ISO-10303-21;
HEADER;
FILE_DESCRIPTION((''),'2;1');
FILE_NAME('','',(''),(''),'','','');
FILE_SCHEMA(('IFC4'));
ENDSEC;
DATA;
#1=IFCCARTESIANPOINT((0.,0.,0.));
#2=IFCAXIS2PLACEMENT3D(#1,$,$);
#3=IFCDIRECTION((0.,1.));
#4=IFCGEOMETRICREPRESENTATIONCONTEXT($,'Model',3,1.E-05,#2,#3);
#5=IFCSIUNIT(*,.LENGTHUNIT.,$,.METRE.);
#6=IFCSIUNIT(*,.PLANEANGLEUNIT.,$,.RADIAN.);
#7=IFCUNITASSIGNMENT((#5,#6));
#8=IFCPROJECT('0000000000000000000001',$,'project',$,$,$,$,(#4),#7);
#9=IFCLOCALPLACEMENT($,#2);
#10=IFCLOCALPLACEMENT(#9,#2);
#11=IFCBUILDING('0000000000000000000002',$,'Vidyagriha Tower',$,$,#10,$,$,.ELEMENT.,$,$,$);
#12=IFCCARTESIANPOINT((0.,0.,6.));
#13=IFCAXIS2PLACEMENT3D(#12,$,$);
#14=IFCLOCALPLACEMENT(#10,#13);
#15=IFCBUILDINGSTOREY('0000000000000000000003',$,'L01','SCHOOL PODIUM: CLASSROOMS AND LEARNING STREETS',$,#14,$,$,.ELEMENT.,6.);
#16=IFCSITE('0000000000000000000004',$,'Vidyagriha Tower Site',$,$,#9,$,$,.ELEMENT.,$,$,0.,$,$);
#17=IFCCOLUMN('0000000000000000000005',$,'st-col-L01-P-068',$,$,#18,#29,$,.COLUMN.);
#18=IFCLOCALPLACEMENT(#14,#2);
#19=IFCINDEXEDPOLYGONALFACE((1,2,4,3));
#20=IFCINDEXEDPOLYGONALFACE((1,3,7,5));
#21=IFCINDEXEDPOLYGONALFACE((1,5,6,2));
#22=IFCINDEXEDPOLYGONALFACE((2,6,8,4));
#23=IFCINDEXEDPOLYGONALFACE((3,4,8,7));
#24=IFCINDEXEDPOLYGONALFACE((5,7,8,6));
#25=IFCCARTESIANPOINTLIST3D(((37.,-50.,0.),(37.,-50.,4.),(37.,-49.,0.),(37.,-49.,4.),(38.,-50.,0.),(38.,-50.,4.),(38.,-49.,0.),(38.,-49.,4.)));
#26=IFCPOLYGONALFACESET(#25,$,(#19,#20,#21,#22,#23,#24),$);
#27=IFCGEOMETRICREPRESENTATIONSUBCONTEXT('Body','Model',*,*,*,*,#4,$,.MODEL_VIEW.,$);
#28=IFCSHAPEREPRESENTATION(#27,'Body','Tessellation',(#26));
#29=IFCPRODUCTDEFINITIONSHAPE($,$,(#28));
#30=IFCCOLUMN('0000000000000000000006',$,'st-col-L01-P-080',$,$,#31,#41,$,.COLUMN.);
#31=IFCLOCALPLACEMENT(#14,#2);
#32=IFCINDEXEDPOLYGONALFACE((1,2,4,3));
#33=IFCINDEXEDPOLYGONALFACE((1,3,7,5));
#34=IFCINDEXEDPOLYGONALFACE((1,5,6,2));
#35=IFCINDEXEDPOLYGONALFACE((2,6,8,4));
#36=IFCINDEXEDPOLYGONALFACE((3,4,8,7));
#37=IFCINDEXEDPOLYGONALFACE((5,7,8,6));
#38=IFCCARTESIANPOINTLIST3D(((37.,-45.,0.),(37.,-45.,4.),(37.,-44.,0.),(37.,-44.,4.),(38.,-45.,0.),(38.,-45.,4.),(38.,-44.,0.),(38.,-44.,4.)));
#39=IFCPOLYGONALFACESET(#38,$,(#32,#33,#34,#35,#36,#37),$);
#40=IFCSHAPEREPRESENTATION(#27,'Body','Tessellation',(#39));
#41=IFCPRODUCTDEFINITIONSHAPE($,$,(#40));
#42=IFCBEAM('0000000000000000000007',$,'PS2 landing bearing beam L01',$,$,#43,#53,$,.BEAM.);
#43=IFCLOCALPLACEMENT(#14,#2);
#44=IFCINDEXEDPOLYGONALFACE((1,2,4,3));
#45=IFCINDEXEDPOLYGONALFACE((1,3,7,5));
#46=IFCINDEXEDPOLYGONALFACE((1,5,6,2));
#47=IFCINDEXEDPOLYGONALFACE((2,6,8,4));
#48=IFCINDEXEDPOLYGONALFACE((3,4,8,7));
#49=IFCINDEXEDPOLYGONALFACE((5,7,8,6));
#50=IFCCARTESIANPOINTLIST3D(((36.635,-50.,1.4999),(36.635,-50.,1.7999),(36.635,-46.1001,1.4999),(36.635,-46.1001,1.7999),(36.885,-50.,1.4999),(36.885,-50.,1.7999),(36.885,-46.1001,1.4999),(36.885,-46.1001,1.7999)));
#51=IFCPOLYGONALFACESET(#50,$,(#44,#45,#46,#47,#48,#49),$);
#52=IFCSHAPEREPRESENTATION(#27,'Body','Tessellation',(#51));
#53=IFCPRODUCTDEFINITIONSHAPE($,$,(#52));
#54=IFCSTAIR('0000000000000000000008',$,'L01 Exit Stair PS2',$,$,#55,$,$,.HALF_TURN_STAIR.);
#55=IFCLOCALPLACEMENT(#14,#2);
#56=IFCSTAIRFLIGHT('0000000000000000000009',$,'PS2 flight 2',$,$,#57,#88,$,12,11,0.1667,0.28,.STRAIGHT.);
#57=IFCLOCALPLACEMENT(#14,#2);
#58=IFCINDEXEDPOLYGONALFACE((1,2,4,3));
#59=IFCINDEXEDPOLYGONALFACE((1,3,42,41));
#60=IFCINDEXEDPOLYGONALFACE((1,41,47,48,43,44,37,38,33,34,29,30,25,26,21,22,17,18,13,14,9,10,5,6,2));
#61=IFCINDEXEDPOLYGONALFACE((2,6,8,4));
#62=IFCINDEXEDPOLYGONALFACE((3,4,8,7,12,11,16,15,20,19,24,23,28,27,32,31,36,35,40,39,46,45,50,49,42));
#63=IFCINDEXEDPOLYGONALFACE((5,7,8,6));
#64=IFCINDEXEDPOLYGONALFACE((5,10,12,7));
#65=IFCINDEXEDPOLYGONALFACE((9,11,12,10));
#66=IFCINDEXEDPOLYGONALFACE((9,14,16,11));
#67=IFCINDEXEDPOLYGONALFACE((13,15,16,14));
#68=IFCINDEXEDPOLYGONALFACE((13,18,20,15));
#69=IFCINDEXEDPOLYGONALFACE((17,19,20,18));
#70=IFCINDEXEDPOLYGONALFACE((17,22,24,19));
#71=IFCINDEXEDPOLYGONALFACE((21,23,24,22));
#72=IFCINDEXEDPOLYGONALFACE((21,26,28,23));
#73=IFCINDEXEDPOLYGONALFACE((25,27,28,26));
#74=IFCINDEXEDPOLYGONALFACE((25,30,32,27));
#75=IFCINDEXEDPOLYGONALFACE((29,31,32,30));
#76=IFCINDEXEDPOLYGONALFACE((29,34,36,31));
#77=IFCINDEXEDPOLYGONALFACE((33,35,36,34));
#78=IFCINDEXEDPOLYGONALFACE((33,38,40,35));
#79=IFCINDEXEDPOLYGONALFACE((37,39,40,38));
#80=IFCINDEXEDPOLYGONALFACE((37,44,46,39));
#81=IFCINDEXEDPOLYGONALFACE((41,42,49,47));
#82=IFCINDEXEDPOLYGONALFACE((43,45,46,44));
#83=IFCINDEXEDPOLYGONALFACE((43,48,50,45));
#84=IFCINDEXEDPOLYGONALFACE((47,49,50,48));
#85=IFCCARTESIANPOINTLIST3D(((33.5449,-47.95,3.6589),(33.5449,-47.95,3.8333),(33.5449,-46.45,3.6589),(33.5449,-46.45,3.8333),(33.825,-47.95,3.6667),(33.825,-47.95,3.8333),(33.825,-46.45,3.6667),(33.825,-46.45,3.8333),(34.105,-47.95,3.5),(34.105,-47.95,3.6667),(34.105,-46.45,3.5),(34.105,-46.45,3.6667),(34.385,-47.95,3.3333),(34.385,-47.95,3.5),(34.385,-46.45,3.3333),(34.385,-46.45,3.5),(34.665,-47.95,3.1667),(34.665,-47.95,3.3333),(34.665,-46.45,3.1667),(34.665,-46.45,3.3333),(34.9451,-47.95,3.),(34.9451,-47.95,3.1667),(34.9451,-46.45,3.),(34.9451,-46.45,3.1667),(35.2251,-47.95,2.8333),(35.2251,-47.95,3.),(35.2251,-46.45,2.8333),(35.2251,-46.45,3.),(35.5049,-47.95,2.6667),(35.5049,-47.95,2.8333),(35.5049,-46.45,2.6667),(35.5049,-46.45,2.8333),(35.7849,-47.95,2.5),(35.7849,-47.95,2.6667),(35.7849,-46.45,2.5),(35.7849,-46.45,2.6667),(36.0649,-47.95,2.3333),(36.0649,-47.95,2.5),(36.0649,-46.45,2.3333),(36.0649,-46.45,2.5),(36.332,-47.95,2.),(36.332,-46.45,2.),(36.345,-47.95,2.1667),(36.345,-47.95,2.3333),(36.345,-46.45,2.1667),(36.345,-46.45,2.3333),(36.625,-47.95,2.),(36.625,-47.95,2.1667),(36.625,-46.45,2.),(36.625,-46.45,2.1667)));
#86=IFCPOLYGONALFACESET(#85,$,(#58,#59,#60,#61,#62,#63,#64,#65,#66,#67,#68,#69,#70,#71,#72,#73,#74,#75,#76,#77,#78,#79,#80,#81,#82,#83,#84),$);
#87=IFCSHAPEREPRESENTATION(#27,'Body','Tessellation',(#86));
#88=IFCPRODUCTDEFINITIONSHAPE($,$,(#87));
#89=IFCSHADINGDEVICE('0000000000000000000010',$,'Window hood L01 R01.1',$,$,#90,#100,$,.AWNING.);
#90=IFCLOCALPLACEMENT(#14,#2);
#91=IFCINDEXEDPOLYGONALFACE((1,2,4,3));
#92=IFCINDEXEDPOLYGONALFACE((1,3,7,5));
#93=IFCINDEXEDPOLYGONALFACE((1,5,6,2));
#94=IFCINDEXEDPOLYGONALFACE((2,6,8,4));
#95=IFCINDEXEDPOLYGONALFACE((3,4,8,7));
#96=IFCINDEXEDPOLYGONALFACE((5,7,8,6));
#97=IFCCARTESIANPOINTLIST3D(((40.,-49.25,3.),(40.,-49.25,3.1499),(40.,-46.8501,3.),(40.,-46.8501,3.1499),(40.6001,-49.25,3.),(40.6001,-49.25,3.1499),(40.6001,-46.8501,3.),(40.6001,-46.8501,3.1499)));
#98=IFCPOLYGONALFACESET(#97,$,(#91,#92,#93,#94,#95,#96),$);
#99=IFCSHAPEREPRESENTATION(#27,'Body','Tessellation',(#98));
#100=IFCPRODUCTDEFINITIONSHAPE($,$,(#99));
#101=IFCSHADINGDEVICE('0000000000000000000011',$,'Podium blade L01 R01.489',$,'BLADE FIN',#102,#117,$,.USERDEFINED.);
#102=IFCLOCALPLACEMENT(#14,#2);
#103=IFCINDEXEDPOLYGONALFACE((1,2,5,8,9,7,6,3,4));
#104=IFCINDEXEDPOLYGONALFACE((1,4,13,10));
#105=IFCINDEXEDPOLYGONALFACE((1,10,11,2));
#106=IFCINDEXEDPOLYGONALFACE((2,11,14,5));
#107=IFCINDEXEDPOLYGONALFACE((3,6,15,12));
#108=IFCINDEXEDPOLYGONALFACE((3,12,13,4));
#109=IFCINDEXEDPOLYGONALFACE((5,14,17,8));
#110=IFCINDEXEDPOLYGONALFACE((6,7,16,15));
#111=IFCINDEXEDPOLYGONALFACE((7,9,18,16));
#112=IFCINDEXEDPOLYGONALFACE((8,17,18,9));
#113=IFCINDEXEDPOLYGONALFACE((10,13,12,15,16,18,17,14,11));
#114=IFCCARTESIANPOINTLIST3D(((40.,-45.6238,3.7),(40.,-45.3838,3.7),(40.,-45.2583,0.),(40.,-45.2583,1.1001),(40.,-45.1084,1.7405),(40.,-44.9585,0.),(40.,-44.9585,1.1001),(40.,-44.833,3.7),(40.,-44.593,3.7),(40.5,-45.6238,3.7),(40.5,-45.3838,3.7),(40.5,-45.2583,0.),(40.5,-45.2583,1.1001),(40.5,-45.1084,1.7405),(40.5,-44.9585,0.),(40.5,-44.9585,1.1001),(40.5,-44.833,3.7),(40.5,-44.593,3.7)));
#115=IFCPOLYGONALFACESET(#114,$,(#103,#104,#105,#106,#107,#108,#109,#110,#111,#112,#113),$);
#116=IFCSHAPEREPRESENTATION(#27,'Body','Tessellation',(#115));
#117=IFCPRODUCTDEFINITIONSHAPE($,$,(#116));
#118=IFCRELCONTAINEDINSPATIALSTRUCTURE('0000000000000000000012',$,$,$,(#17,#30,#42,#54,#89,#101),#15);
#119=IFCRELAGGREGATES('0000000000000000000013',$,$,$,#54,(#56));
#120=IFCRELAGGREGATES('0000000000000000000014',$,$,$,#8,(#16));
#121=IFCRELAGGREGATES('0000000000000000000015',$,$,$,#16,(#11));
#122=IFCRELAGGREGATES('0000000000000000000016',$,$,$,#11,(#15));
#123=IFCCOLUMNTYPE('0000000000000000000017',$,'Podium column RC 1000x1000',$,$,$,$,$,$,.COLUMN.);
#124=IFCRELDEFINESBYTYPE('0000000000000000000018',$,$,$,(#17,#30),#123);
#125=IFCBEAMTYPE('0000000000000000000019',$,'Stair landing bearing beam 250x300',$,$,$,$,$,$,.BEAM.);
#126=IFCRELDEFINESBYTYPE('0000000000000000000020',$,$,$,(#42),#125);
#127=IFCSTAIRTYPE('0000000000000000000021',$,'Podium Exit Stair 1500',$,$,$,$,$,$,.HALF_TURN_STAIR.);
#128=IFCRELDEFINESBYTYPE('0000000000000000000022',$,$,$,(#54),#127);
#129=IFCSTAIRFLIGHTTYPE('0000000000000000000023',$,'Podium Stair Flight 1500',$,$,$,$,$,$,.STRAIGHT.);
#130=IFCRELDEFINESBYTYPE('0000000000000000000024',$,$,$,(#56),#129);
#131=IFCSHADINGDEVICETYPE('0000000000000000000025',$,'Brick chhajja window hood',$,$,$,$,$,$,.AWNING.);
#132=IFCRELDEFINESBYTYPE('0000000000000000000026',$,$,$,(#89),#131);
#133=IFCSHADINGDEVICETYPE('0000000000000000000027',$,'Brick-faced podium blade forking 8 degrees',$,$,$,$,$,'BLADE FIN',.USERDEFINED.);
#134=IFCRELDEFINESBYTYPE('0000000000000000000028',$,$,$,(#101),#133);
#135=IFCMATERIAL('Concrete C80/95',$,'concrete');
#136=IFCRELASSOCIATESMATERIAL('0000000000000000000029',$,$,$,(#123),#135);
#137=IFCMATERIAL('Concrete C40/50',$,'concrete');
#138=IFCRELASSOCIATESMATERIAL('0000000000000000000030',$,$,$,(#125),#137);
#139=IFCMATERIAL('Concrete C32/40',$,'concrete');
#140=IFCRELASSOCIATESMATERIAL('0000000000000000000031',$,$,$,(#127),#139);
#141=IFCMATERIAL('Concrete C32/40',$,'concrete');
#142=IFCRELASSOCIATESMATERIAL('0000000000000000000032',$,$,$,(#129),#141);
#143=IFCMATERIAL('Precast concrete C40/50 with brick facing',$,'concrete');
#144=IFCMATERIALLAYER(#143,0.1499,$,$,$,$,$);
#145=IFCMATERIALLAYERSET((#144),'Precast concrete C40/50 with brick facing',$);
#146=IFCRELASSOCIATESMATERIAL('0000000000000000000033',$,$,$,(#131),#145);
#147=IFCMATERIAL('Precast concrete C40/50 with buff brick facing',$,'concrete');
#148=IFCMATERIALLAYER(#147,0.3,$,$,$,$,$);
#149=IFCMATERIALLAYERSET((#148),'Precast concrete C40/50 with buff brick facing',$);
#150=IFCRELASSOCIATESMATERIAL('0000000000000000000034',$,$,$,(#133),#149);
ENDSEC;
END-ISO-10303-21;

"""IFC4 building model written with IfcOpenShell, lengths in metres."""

from ifc_helpers import new_model, si_unit, direction, frame, origin, origin_2d, place, context, subcontext, project, spatial, polyline, rectangle, outline, extrude, material, layer, layer_set, material_profile, profile_set, type_object, element, aggregate, save


model = new_model("IFC4")

# Units and contexts
model_context = context("Model", 3, precision=1e-05, world=origin(), true_north=direction((0.0, 1.0)))
body_context = subcontext(model_context, "Body", "Model", "MODEL_VIEW")
ifc_project = project(units=[si_unit("LENGTHUNIT", "METRE"), si_unit("PLANEANGLEUNIT", "RADIAN")], contexts=[model_context])

# Site, building, storey
site_placement = place(None, origin())
site = spatial("IfcSite", under=ifc_project, at=site_placement, Name="Vidyagriha Tower Site", CompositionType="ELEMENT", RefElevation=0.0)
building_placement = place(site_placement, origin())
building = spatial("IfcBuilding", under=site, at=building_placement, Name="Vidyagriha Tower", CompositionType="ELEMENT")
storey_placement = place(building_placement, frame((0.0, 0.0, 6.0)))
storey = spatial("IfcBuildingStorey", under=building, at=storey_placement, Name="L01", Description="SCHOOL PODIUM: CLASSROOMS AND LEARNING STREETS", CompositionType="ELEMENT", Elevation=6.0)

# Columns
ifc_material_1 = material(Name="Concrete C80/95", Category="concrete")
ifc_material_profile_1 = material_profile(ifc_material_1, rectangle(XDim=1.0, YDim=1.0, at=origin_2d()), Name="RC 1000x1000")
ifc_profile_set_1 = profile_set([ifc_material_profile_1], Name="Concrete C80/95")
column_type = type_object("IfcColumnType", Name="Podium column RC 1000x1000", PredefinedType="COLUMN", material=ifc_profile_set_1)
for number, where, name in (
    (1, (37.5, -49.5, 0.0), "st-col-L01-P-068"),
    (2, (37.5, -44.5, 0.0), "st-col-L01-P-080"),
):
    element("IfcColumn", number, at=place(storey_placement, frame(where)), inside=storey, type_object=column_type, Name=name, PredefinedType="COLUMN", context=body_context, shape_type="SweptSolid", body=[
        extrude(rectangle(XDim=1.0, YDim=1.0, at=origin_2d()), origin(), (0.0, 0.0, 1.0), 4.0),
    ])

# Beam
ifc_material_2 = material(Name="Concrete C40/50", Category="concrete")
ifc_material_profile_2 = material_profile(ifc_material_2, rectangle(XDim=0.25, YDim=0.3, at=origin_2d()), Name="Stair landing bearing beam 250x300")
ifc_profile_set_2 = profile_set([ifc_material_profile_2], Name="Concrete C40/50")
beam_type = type_object("IfcBeamType", Name="Stair landing bearing beam 250x300", PredefinedType="BEAM", material=ifc_profile_set_2)
beam_placement = place(storey_placement, frame((36.76, -50.0, 1.6499), z_axis=(0.0, 1.0, 0.0), x_axis=(-1.0, 0.0, 0.0)))
element("IfcBeam", 3, at=beam_placement, inside=storey, type_object=beam_type, Name="PS2 landing bearing beam L01", PredefinedType="BEAM", context=body_context, shape_type="SweptSolid", body=[
    extrude(rectangle(XDim=0.25, YDim=0.3, at=origin_2d()), origin(), (0.0, 0.0, 1.0), 3.8999),
])

# Stair, stair flight
ifc_material_3 = material(Name="Concrete C32/40", Category="concrete")
stair_type = type_object("IfcStairType", Name="Podium Exit Stair 1500", PredefinedType="HALF_TURN_STAIR", material=ifc_material_3)
stair_placement = place(storey_placement, origin())
stair = element("IfcStair", 4, at=stair_placement, inside=storey, type_object=stair_type, Name="L01 Exit Stair PS2", PredefinedType="HALF_TURN_STAIR")
ifc_material_4 = material(Name="Concrete C32/40", Category="concrete")
stair_flight_type = type_object("IfcStairFlightType", Name="Podium Stair Flight 1500", PredefinedType="STRAIGHT", material=ifc_material_4)
stair_flight_placement = place(storey_placement, frame((36.625, -47.2, 2.0), z_axis=(0.0, 0.0, 1.0), x_axis=(-1.0, 0.0, 0.0)))
stair_flight = element("IfcStairFlight", 5, at=stair_flight_placement, type_object=stair_flight_type, Name="PS2 flight 2", NumberOfRisers=12, NumberOfTreads=11, PredefinedType="STRAIGHT", RiserHeight=0.1667, TreadLength=0.28, context=body_context, shape_type="SweptSolid", body=[
    extrude(outline(polyline([(0.0, 0.0), (0.0, 0.1667), (0.28, 0.1667), (0.28, 0.3333), (0.5601, 0.3333), (0.5601, 0.5), (0.8401, 0.5), (0.8401, 0.6667), (1.1201, 0.6667), (1.1201, 0.8333), (1.3999, 0.8333), (1.3999, 1.0), (1.6799, 1.0), (1.6799, 1.1667), (1.96, 1.1667), (1.96, 1.3333), (2.24, 1.3333), (2.24, 1.5), (2.52, 1.5), (2.52, 1.6667), (2.8, 1.6667), (2.8, 1.8333), (3.0801, 1.8333), (3.0801, 2.0), (3.0801, 1.6589), (0.293, 0.0), (0.0, 0.0)])), frame((0.0, 0.75, 0.0), z_axis=(0.0, -1.0, 0.0), x_axis=(1.0, 0.0, 0.0)), (0.0, 0.0, 1.0), 1.5),
])
aggregate(stair, [stair_flight])

# Shading devices
ifc_material_5 = material(Name="Precast concrete C40/50 with brick facing", Category="concrete")
ifc_layer_1 = layer(ifc_material_5, 0.1499)
ifc_layer_set_1 = layer_set([ifc_layer_1], Name="Precast concrete C40/50 with brick facing")
shading_device_type_1 = type_object("IfcShadingDeviceType", Name="Brick chhajja window hood", PredefinedType="AWNING", material=ifc_layer_set_1)
shading_device_1_placement = place(storey_placement, frame((40.3, -48.05, 3.0), z_axis=(0.0, 0.0, 1.0), x_axis=(0.0, 1.0, 0.0)))
element("IfcShadingDevice", 6, at=shading_device_1_placement, inside=storey, type_object=shading_device_type_1, Name="Window hood L01 R01.1", PredefinedType="AWNING", context=body_context, shape_type="SweptSolid", body=[
    extrude(rectangle(XDim=2.3999, YDim=0.6001, at=origin_2d()), origin(), (0.0, 0.0, 1.0), 0.1499),
])
ifc_material_6 = material(Name="Precast concrete C40/50 with buff brick facing", Category="concrete")
ifc_layer_2 = layer(ifc_material_6, 0.3)
ifc_layer_set_2 = layer_set([ifc_layer_2], Name="Precast concrete C40/50 with buff brick facing")
shading_device_type_2 = type_object("IfcShadingDeviceType", Name="Brick-faced podium blade forking 8 degrees", ElementType="BLADE FIN", PredefinedType="USERDEFINED", material=ifc_layer_set_2)
shading_device_2_placement = place(storey_placement, frame((40.25, -45.6238, 0.0), z_axis=(0.0, 0.0, 1.0), x_axis=(0.0, 1.0, 0.0)))
element("IfcShadingDevice", 7, at=shading_device_2_placement, inside=storey, type_object=shading_device_type_2, Name="Podium blade L01 R01.489", ObjectType="BLADE FIN", PredefinedType="USERDEFINED", context=body_context, shape_type="SweptSolid", body=[
    extrude(outline(polyline([(0.6653, 0.0), (0.6653, 1.1001), (1.0308, 3.7), (0.7908, 3.7), (0.5154, 1.7405), (0.24, 3.7), (0.0, 3.7), (0.3655, 1.1001), (0.3655, 0.0), (0.6653, 0.0)])), frame((0.0, 0.25, 0.0), z_axis=(0.0, -1.0, 0.0), x_axis=(1.0, 0.0, 0.0)), (0.0, 0.0, 1.0), 0.5),
])

save(model, "model.ifc")
